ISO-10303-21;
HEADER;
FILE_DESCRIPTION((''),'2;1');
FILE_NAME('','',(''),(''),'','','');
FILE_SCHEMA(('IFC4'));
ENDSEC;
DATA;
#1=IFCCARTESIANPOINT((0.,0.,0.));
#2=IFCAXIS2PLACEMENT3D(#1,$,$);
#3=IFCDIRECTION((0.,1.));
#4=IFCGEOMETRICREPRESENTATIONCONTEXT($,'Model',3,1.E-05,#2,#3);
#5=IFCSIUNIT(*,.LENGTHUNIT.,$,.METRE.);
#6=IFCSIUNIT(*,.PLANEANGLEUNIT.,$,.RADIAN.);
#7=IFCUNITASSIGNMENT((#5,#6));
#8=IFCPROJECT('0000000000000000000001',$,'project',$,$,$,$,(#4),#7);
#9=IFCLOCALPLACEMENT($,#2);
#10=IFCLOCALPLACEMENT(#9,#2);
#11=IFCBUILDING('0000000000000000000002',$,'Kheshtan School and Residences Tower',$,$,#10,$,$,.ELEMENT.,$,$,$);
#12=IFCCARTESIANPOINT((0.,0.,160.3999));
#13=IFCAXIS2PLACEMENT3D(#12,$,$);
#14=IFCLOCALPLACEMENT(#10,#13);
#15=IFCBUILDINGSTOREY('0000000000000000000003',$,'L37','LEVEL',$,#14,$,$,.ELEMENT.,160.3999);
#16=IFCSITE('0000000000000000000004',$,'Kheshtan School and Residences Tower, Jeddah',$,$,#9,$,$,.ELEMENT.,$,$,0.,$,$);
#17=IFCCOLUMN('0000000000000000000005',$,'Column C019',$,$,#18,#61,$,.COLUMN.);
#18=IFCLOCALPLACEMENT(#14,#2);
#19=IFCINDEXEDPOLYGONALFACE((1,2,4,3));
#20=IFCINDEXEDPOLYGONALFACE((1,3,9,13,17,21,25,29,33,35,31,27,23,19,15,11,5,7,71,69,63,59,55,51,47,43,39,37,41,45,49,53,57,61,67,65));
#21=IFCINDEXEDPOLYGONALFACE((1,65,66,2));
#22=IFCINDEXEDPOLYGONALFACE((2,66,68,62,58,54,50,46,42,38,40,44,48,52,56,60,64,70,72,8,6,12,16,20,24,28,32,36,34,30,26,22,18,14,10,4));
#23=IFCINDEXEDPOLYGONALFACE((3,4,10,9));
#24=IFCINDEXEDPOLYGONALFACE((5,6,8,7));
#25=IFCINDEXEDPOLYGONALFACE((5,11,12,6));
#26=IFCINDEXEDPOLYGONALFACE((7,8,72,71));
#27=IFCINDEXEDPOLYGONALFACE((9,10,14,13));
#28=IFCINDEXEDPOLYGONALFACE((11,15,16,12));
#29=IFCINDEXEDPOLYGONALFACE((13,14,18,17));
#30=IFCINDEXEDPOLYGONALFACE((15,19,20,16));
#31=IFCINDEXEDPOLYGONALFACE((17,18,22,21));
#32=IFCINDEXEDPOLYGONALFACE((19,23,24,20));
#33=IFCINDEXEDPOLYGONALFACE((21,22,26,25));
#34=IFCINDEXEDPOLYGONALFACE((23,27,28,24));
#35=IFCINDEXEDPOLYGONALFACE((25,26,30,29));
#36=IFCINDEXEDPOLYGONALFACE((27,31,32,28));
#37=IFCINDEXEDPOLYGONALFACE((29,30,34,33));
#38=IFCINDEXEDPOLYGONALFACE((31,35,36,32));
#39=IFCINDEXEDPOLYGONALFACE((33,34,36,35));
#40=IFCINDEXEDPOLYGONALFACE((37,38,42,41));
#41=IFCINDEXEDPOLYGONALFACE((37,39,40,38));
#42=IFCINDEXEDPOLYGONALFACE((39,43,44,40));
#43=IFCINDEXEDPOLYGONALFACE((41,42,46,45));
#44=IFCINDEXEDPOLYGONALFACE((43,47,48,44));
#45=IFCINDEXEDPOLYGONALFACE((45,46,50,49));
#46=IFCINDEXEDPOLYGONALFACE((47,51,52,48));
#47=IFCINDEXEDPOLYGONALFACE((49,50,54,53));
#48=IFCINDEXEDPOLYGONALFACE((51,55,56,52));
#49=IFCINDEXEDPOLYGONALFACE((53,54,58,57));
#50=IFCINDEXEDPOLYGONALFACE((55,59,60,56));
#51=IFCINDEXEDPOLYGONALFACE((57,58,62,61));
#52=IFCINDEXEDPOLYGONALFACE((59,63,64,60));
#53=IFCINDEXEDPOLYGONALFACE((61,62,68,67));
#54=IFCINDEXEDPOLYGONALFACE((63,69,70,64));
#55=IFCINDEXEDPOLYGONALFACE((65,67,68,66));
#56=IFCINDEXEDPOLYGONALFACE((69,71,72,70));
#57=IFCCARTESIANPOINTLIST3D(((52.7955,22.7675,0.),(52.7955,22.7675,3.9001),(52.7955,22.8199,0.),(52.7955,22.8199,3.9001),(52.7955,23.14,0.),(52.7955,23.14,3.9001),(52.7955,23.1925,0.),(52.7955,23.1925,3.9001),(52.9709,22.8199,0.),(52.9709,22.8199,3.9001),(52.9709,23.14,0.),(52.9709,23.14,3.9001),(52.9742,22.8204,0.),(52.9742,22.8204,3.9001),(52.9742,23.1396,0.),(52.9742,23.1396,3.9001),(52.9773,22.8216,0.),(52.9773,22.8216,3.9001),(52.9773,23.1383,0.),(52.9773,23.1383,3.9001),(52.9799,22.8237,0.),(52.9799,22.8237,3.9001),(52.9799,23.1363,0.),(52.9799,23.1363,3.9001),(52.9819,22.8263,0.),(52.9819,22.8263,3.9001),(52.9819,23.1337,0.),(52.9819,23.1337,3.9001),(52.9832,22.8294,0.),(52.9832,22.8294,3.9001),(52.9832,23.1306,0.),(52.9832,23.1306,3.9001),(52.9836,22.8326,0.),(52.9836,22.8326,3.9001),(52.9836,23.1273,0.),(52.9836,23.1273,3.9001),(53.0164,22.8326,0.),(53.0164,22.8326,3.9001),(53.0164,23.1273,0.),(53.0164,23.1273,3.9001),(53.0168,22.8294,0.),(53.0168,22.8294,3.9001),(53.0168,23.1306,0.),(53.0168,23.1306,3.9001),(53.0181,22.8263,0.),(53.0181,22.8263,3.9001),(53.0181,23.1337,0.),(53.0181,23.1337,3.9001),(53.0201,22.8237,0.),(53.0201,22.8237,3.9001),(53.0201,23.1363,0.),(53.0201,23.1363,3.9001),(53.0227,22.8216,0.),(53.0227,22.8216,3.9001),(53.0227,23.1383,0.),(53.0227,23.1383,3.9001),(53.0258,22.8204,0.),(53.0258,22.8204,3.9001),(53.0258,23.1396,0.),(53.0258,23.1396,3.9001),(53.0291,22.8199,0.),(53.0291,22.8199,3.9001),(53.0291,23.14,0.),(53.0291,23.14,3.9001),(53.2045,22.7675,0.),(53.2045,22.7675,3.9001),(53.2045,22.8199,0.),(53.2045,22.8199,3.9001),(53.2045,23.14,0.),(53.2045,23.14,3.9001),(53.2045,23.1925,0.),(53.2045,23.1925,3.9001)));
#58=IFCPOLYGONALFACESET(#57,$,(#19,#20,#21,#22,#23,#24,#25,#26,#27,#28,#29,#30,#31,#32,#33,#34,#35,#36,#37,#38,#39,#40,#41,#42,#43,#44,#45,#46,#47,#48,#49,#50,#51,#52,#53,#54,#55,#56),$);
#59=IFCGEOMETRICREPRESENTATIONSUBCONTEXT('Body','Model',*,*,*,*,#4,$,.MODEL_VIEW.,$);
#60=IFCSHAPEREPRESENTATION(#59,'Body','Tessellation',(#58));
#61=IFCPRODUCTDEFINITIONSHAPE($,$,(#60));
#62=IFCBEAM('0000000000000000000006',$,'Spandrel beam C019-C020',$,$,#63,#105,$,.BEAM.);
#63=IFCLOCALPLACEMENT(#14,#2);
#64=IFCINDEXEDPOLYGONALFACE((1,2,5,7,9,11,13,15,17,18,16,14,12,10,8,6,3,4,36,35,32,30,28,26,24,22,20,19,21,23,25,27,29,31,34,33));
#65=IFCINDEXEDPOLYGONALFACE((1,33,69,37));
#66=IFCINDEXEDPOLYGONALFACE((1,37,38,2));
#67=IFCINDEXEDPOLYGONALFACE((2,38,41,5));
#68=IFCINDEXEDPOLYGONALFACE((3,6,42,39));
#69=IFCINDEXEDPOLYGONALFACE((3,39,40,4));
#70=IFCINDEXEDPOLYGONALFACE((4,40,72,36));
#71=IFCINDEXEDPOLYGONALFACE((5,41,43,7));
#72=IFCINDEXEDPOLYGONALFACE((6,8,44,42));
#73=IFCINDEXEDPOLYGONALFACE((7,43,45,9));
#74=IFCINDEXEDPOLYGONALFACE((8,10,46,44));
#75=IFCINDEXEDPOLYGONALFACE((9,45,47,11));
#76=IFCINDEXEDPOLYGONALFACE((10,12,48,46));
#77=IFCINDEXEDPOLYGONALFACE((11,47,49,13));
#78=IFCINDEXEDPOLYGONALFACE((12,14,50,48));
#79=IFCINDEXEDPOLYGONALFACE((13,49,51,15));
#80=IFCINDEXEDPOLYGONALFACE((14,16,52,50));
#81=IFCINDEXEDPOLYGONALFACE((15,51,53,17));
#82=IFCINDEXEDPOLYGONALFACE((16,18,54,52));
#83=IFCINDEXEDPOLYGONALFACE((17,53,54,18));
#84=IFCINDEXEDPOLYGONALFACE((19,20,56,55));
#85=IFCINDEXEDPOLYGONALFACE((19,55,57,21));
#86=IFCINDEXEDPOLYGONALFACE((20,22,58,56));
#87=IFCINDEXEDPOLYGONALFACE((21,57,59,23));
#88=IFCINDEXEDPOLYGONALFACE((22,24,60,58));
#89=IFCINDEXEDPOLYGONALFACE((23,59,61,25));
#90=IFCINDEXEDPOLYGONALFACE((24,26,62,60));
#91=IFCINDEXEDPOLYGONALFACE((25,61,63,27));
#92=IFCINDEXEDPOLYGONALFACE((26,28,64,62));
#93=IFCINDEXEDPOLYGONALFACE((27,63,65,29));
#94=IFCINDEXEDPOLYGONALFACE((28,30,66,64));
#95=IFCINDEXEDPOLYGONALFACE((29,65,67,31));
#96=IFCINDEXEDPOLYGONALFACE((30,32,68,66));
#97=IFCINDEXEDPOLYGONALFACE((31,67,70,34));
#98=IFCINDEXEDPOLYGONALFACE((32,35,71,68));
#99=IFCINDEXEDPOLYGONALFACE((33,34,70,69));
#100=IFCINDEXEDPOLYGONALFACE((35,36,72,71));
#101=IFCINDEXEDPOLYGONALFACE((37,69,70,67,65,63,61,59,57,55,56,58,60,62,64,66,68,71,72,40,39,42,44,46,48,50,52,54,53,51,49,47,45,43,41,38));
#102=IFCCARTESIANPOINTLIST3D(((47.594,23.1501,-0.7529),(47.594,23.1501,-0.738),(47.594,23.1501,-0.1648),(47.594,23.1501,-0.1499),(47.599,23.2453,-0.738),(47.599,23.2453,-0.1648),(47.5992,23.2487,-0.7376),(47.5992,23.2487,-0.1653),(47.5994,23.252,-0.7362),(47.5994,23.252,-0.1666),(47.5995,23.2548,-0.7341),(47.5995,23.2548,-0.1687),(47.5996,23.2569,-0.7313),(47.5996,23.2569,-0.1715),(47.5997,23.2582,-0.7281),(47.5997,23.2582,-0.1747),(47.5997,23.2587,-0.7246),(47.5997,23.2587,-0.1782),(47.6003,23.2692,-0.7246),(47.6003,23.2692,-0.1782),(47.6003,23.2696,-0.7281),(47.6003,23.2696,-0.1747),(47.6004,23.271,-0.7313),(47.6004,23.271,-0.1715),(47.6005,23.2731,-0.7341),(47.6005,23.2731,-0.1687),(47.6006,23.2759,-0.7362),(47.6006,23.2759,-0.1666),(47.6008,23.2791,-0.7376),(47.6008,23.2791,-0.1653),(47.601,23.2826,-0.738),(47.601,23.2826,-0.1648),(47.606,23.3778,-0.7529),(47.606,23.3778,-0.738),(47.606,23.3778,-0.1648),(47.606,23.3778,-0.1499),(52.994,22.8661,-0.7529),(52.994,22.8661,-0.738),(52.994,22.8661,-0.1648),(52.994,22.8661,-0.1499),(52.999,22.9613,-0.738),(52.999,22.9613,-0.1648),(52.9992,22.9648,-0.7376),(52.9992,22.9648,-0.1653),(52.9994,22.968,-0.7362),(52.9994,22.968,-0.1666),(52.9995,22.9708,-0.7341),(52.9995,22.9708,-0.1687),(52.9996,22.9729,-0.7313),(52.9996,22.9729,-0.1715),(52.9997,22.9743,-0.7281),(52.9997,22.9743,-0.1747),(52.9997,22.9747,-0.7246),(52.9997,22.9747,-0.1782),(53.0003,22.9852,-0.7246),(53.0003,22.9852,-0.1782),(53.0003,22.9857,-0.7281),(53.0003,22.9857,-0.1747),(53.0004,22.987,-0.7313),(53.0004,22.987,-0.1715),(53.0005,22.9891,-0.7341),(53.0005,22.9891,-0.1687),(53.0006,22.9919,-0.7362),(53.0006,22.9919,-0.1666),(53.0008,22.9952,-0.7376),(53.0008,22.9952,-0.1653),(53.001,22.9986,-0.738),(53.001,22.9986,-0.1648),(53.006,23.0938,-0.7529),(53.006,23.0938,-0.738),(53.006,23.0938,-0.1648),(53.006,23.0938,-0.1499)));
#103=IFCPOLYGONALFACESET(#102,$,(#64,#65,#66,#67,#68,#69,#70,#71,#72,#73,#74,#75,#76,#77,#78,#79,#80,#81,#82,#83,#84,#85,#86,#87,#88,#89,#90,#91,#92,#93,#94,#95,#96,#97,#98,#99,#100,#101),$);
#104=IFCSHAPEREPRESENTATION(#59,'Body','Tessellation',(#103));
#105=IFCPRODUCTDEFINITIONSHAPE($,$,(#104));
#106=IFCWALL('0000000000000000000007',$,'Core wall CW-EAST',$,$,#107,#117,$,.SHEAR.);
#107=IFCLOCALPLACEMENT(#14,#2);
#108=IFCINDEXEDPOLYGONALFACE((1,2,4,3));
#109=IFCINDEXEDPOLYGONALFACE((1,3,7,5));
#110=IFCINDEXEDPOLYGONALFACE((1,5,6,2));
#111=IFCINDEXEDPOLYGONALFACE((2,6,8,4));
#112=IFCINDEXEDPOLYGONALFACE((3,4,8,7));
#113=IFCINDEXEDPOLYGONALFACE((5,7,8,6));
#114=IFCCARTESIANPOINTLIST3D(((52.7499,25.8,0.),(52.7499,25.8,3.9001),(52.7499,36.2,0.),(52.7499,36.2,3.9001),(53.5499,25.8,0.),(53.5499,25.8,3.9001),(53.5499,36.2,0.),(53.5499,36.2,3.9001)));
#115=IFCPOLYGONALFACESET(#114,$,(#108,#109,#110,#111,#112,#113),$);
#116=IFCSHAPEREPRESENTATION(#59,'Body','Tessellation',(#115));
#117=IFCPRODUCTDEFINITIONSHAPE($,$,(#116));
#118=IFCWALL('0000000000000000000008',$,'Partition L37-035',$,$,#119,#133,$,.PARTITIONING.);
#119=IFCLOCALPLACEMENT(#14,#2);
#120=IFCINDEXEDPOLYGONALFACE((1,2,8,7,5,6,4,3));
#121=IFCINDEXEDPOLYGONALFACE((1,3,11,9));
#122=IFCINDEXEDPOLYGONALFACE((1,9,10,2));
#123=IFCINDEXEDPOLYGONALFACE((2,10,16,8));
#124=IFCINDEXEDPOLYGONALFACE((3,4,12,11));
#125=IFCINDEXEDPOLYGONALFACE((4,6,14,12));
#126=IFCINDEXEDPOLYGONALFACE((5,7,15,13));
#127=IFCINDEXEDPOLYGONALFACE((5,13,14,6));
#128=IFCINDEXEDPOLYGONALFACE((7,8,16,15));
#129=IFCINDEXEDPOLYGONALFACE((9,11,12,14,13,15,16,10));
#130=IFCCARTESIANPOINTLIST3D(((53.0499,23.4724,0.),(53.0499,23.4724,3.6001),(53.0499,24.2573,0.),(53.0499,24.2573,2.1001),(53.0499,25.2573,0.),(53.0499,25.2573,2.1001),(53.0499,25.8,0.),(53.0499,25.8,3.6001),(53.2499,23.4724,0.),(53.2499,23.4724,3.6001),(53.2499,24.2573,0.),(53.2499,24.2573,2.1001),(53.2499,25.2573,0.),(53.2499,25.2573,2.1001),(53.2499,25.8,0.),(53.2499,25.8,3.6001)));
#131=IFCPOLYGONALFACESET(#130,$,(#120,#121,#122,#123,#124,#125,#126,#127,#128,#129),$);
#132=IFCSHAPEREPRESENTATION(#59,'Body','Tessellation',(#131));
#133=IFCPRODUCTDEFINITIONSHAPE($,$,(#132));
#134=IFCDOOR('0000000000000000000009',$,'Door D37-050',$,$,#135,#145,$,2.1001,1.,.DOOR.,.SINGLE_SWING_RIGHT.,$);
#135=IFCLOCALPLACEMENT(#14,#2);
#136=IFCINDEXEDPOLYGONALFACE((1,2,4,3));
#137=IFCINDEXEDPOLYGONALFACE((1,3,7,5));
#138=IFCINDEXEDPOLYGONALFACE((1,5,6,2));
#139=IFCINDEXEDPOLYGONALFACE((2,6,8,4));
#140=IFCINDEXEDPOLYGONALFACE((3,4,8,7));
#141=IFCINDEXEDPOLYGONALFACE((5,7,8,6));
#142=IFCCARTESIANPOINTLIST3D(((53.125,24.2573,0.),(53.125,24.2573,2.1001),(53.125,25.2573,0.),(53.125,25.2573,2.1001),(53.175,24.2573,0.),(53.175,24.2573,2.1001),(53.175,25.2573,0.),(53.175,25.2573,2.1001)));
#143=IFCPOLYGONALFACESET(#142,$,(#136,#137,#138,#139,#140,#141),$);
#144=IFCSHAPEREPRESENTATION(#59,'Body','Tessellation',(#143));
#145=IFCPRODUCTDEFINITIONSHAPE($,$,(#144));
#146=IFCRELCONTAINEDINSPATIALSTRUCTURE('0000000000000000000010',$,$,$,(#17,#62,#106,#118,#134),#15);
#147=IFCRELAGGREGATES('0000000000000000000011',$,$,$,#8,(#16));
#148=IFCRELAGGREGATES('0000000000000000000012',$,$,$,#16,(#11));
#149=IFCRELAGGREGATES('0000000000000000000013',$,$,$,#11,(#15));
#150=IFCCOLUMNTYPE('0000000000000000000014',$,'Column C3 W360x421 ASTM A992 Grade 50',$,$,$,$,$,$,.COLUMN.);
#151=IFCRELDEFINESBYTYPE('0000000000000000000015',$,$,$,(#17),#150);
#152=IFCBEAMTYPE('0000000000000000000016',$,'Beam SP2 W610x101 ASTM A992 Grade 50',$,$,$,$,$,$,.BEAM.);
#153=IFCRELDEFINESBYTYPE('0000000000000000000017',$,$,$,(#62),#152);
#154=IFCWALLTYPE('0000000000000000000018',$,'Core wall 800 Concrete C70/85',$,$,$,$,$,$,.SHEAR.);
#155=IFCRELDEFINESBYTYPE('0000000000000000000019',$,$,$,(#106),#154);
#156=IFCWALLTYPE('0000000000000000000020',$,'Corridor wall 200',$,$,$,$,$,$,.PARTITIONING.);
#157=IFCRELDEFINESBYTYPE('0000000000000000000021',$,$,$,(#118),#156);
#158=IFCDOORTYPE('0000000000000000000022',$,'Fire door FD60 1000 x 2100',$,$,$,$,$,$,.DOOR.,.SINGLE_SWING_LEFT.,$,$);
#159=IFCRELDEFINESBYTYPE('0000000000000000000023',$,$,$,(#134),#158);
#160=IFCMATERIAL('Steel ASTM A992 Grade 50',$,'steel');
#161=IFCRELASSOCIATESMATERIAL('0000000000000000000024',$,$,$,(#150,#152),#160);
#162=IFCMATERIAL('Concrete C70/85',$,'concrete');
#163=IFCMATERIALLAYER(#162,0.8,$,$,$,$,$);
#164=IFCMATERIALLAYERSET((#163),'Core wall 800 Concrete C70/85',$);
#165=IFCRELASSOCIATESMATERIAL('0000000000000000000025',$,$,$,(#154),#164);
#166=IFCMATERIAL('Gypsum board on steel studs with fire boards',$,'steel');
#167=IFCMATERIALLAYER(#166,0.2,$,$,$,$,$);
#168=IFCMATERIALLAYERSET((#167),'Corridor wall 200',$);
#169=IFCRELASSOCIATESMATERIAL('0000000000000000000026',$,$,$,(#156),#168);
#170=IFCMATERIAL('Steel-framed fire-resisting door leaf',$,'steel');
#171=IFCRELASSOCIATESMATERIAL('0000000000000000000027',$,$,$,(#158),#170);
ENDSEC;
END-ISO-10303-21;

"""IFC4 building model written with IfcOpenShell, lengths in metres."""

from ifc_helpers import new_model, si_unit, direction, frame, frame_2d, origin, origin_2d, place, context, subcontext, project, spatial, rectangle, i_section, extrude, source, transform, mapped, material, layer, layer_set, material_profile, profile_set, type_object, element, fill, save


model = new_model("IFC4")

# Units and contexts
model_context = context("Model", 3, precision=1e-05, world=origin(), true_north=direction((0.0, 1.0)))
body_context = subcontext(model_context, "Body", "Model", "MODEL_VIEW")
ifc_project = project(units=[si_unit("LENGTHUNIT", "METRE"), si_unit("PLANEANGLEUNIT", "RADIAN")], contexts=[model_context])

# Site, building, storey
site_placement = place(None, origin())
site = spatial("IfcSite", under=ifc_project, at=site_placement, Name="Kheshtan School and Residences Tower, Jeddah", CompositionType="ELEMENT", RefElevation=0.0)
building_placement = place(site_placement, origin())
building = spatial("IfcBuilding", under=site, at=building_placement, Name="Kheshtan School and Residences Tower", CompositionType="ELEMENT")
storey_placement = place(building_placement, frame((0.0, 0.0, 160.3999)))
storey = spatial("IfcBuildingStorey", under=building, at=storey_placement, Name="L37", Description="LEVEL", CompositionType="ELEMENT", Elevation=160.3999)

# Column
ifc_material_1 = material(Name="Steel ASTM A992 Grade 50", Category="steel")
ifc_material_profile_1 = material_profile(ifc_material_1, i_section(OverallWidth=0.4089, OverallDepth=0.425, WebThickness=0.0327, FlangeThickness=0.0525, FilletRadius=0.0127, at=origin_2d()), Name="W360x421")
ifc_profile_set_1 = profile_set([ifc_material_profile_1], Name="Steel ASTM A992 Grade 50")
column_type = type_object("IfcColumnType", Name="Column C3 W360x421 ASTM A992 Grade 50", PredefinedType="COLUMN", material=ifc_profile_set_1)
column_placement = place(storey_placement, frame((53.0, 22.98, 0.0), z_axis=(0.0, 0.0, 1.0), x_axis=(1.0, 0.0, 0.0)))
element("IfcColumn", 1, at=column_placement, inside=storey, type_object=column_type, Name="Column C019", PredefinedType="COLUMN", context=body_context, shape_type="SweptSolid", body=[
    extrude(i_section(OverallWidth=0.4089, OverallDepth=0.425, WebThickness=0.0327, FlangeThickness=0.0525, FilletRadius=0.0127, at=origin_2d()), origin(), (0.0, 0.0, 1.0), 3.9001),
])

# Beam
ifc_material_profile_2 = material_profile(ifc_material_1, i_section(OverallWidth=0.228, OverallDepth=0.603, WebThickness=0.0105, FlangeThickness=0.0149, FilletRadius=0.0134, at=origin_2d()), Name="W610x101")
ifc_profile_set_2 = profile_set([ifc_material_profile_2], Name="Steel ASTM A992 Grade 50")
beam_type = type_object("IfcBeamType", Name="Beam SP2 W610x101 ASTM A992 Grade 50", PredefinedType="BEAM", material=ifc_profile_set_2)
beam_placement = place(storey_placement, frame((53.0, 22.98, -0.4514), z_axis=(-0.99862, 0.052509, 0.0), x_axis=(-0.052509, -0.99862, 0.0)))
element("IfcBeam", 2, at=beam_placement, inside=storey, type_object=beam_type, Name="Spandrel beam C019-C020", PredefinedType="BEAM", context=body_context, shape_type="SweptSolid", body=[
    extrude(i_section(OverallWidth=0.228, OverallDepth=0.603, WebThickness=0.0105, FlangeThickness=0.0149, FilletRadius=0.0134, at=origin_2d()), origin(), (0.0, 0.0, 1.0), 5.4075),
])

# Wall
ifc_material_2 = material(Name="Concrete C70/85", Category="concrete")
ifc_layer_1 = layer(ifc_material_2, 0.8)
ifc_layer_set_1 = layer_set([ifc_layer_1], Name="Core wall 800 Concrete C70/85")
wall_type_1 = type_object("IfcWallType", Name="Core wall 800 Concrete C70/85", PredefinedType="SHEAR", material=ifc_layer_set_1)
wall_1_placement = place(storey_placement, frame((53.1499, 25.8, 0.0), z_axis=(0.0, 0.0, 1.0), x_axis=(0.0, 1.0, 0.0)))
element("IfcWall", 3, at=wall_1_placement, inside=storey, type_object=wall_type_1, Name="Core wall CW-EAST", PredefinedType="SHEAR", context=body_context, shape_type="SweptSolid", body=[
    extrude(rectangle(XDim=10.3999, YDim=0.8, at=frame_2d((5.2, 0.0))), origin(), (0.0, 0.0, 1.0), 3.9001),
])

# Wall, opening, door
ifc_material_3 = material(Name="Gypsum board on steel studs with fire boards", Category="steel")
ifc_layer_2 = layer(ifc_material_3, 0.2)
ifc_layer_set_2 = layer_set([ifc_layer_2], Name="Corridor wall 200")
wall_type_2 = type_object("IfcWallType", Name="Corridor wall 200", PredefinedType="PARTITIONING", material=ifc_layer_set_2)
wall_2_placement = place(storey_placement, frame((53.1499, 23.4724, 0.0), z_axis=(0.0, 0.0, 1.0), x_axis=(0.0, 1.0, 0.0)))
wall_2 = element("IfcWall", 4, at=wall_2_placement, inside=storey, type_object=wall_type_2, Name="Partition L37-035", PredefinedType="PARTITIONING", context=body_context, shape_type="SweptSolid", body=[
    extrude(rectangle(XDim=2.3276, YDim=0.2, at=frame_2d((1.1638, 0.0))), origin(), (0.0, 0.0, 1.0), 3.6001),
])
opening_1_placement = place(wall_2_placement, frame((0.7849, 0.0, 0.0)))
opening_1 = element("IfcOpeningElement", 5, at=opening_1_placement, cuts=wall_2, PredefinedType="OPENING", context=body_context, shape_type="SweptSolid", body=[
    extrude(rectangle(XDim=1.0, YDim=2.1001, at=frame_2d((0.5, 1.05))), frame((0.0, 0.1099, 0.0), z_axis=(0.0, -1.0, 0.0), x_axis=(1.0, 0.0, 0.0)), (0.0, 0.0, 1.0), 0.22),
])
ifc_material_4 = material(Name="Steel-framed fire-resisting door leaf", Category="steel")
door_type_1 = type_object("IfcDoorType", Name="Fire door FD60 1000 x 2100", OperationType="SINGLE_SWING_LEFT", PredefinedType="DOOR", material=ifc_material_4)
shared_shape_1 = source(origin(), body_context, "Body", "SweptSolid", [
    extrude(rectangle(XDim=1.0, YDim=2.1001, at=frame_2d((0.5, 1.05))), frame((0.0, 0.0249, 0.0), z_axis=(0.0, -1.0, 0.0), x_axis=(1.0, 0.0, 0.0)), (0.0, 0.0, 1.0), 0.05),
])
door_1_placement = place(opening_1_placement, origin())
door_1 = element("IfcDoor", 6, at=door_1_placement, inside=storey, type_object=door_type_1, Name="Door D37-050", OperationType="SINGLE_SWING_RIGHT", OverallHeight=2.1001, OverallWidth=1.0, PredefinedType="DOOR", context=body_context, shape_type="MappedRepresentation", body=[
    mapped(shared_shape_1, transform((0.0, 0.0, 0.0), x_axis=(1.0, 0.0, 0.0), y_axis=(0.0, 1.0, 0.0), z_axis=(0.0, 0.0, 1.0), scale=1.0)),
])
fill(opening_1, door_1)

save(model, "model.ifc")
